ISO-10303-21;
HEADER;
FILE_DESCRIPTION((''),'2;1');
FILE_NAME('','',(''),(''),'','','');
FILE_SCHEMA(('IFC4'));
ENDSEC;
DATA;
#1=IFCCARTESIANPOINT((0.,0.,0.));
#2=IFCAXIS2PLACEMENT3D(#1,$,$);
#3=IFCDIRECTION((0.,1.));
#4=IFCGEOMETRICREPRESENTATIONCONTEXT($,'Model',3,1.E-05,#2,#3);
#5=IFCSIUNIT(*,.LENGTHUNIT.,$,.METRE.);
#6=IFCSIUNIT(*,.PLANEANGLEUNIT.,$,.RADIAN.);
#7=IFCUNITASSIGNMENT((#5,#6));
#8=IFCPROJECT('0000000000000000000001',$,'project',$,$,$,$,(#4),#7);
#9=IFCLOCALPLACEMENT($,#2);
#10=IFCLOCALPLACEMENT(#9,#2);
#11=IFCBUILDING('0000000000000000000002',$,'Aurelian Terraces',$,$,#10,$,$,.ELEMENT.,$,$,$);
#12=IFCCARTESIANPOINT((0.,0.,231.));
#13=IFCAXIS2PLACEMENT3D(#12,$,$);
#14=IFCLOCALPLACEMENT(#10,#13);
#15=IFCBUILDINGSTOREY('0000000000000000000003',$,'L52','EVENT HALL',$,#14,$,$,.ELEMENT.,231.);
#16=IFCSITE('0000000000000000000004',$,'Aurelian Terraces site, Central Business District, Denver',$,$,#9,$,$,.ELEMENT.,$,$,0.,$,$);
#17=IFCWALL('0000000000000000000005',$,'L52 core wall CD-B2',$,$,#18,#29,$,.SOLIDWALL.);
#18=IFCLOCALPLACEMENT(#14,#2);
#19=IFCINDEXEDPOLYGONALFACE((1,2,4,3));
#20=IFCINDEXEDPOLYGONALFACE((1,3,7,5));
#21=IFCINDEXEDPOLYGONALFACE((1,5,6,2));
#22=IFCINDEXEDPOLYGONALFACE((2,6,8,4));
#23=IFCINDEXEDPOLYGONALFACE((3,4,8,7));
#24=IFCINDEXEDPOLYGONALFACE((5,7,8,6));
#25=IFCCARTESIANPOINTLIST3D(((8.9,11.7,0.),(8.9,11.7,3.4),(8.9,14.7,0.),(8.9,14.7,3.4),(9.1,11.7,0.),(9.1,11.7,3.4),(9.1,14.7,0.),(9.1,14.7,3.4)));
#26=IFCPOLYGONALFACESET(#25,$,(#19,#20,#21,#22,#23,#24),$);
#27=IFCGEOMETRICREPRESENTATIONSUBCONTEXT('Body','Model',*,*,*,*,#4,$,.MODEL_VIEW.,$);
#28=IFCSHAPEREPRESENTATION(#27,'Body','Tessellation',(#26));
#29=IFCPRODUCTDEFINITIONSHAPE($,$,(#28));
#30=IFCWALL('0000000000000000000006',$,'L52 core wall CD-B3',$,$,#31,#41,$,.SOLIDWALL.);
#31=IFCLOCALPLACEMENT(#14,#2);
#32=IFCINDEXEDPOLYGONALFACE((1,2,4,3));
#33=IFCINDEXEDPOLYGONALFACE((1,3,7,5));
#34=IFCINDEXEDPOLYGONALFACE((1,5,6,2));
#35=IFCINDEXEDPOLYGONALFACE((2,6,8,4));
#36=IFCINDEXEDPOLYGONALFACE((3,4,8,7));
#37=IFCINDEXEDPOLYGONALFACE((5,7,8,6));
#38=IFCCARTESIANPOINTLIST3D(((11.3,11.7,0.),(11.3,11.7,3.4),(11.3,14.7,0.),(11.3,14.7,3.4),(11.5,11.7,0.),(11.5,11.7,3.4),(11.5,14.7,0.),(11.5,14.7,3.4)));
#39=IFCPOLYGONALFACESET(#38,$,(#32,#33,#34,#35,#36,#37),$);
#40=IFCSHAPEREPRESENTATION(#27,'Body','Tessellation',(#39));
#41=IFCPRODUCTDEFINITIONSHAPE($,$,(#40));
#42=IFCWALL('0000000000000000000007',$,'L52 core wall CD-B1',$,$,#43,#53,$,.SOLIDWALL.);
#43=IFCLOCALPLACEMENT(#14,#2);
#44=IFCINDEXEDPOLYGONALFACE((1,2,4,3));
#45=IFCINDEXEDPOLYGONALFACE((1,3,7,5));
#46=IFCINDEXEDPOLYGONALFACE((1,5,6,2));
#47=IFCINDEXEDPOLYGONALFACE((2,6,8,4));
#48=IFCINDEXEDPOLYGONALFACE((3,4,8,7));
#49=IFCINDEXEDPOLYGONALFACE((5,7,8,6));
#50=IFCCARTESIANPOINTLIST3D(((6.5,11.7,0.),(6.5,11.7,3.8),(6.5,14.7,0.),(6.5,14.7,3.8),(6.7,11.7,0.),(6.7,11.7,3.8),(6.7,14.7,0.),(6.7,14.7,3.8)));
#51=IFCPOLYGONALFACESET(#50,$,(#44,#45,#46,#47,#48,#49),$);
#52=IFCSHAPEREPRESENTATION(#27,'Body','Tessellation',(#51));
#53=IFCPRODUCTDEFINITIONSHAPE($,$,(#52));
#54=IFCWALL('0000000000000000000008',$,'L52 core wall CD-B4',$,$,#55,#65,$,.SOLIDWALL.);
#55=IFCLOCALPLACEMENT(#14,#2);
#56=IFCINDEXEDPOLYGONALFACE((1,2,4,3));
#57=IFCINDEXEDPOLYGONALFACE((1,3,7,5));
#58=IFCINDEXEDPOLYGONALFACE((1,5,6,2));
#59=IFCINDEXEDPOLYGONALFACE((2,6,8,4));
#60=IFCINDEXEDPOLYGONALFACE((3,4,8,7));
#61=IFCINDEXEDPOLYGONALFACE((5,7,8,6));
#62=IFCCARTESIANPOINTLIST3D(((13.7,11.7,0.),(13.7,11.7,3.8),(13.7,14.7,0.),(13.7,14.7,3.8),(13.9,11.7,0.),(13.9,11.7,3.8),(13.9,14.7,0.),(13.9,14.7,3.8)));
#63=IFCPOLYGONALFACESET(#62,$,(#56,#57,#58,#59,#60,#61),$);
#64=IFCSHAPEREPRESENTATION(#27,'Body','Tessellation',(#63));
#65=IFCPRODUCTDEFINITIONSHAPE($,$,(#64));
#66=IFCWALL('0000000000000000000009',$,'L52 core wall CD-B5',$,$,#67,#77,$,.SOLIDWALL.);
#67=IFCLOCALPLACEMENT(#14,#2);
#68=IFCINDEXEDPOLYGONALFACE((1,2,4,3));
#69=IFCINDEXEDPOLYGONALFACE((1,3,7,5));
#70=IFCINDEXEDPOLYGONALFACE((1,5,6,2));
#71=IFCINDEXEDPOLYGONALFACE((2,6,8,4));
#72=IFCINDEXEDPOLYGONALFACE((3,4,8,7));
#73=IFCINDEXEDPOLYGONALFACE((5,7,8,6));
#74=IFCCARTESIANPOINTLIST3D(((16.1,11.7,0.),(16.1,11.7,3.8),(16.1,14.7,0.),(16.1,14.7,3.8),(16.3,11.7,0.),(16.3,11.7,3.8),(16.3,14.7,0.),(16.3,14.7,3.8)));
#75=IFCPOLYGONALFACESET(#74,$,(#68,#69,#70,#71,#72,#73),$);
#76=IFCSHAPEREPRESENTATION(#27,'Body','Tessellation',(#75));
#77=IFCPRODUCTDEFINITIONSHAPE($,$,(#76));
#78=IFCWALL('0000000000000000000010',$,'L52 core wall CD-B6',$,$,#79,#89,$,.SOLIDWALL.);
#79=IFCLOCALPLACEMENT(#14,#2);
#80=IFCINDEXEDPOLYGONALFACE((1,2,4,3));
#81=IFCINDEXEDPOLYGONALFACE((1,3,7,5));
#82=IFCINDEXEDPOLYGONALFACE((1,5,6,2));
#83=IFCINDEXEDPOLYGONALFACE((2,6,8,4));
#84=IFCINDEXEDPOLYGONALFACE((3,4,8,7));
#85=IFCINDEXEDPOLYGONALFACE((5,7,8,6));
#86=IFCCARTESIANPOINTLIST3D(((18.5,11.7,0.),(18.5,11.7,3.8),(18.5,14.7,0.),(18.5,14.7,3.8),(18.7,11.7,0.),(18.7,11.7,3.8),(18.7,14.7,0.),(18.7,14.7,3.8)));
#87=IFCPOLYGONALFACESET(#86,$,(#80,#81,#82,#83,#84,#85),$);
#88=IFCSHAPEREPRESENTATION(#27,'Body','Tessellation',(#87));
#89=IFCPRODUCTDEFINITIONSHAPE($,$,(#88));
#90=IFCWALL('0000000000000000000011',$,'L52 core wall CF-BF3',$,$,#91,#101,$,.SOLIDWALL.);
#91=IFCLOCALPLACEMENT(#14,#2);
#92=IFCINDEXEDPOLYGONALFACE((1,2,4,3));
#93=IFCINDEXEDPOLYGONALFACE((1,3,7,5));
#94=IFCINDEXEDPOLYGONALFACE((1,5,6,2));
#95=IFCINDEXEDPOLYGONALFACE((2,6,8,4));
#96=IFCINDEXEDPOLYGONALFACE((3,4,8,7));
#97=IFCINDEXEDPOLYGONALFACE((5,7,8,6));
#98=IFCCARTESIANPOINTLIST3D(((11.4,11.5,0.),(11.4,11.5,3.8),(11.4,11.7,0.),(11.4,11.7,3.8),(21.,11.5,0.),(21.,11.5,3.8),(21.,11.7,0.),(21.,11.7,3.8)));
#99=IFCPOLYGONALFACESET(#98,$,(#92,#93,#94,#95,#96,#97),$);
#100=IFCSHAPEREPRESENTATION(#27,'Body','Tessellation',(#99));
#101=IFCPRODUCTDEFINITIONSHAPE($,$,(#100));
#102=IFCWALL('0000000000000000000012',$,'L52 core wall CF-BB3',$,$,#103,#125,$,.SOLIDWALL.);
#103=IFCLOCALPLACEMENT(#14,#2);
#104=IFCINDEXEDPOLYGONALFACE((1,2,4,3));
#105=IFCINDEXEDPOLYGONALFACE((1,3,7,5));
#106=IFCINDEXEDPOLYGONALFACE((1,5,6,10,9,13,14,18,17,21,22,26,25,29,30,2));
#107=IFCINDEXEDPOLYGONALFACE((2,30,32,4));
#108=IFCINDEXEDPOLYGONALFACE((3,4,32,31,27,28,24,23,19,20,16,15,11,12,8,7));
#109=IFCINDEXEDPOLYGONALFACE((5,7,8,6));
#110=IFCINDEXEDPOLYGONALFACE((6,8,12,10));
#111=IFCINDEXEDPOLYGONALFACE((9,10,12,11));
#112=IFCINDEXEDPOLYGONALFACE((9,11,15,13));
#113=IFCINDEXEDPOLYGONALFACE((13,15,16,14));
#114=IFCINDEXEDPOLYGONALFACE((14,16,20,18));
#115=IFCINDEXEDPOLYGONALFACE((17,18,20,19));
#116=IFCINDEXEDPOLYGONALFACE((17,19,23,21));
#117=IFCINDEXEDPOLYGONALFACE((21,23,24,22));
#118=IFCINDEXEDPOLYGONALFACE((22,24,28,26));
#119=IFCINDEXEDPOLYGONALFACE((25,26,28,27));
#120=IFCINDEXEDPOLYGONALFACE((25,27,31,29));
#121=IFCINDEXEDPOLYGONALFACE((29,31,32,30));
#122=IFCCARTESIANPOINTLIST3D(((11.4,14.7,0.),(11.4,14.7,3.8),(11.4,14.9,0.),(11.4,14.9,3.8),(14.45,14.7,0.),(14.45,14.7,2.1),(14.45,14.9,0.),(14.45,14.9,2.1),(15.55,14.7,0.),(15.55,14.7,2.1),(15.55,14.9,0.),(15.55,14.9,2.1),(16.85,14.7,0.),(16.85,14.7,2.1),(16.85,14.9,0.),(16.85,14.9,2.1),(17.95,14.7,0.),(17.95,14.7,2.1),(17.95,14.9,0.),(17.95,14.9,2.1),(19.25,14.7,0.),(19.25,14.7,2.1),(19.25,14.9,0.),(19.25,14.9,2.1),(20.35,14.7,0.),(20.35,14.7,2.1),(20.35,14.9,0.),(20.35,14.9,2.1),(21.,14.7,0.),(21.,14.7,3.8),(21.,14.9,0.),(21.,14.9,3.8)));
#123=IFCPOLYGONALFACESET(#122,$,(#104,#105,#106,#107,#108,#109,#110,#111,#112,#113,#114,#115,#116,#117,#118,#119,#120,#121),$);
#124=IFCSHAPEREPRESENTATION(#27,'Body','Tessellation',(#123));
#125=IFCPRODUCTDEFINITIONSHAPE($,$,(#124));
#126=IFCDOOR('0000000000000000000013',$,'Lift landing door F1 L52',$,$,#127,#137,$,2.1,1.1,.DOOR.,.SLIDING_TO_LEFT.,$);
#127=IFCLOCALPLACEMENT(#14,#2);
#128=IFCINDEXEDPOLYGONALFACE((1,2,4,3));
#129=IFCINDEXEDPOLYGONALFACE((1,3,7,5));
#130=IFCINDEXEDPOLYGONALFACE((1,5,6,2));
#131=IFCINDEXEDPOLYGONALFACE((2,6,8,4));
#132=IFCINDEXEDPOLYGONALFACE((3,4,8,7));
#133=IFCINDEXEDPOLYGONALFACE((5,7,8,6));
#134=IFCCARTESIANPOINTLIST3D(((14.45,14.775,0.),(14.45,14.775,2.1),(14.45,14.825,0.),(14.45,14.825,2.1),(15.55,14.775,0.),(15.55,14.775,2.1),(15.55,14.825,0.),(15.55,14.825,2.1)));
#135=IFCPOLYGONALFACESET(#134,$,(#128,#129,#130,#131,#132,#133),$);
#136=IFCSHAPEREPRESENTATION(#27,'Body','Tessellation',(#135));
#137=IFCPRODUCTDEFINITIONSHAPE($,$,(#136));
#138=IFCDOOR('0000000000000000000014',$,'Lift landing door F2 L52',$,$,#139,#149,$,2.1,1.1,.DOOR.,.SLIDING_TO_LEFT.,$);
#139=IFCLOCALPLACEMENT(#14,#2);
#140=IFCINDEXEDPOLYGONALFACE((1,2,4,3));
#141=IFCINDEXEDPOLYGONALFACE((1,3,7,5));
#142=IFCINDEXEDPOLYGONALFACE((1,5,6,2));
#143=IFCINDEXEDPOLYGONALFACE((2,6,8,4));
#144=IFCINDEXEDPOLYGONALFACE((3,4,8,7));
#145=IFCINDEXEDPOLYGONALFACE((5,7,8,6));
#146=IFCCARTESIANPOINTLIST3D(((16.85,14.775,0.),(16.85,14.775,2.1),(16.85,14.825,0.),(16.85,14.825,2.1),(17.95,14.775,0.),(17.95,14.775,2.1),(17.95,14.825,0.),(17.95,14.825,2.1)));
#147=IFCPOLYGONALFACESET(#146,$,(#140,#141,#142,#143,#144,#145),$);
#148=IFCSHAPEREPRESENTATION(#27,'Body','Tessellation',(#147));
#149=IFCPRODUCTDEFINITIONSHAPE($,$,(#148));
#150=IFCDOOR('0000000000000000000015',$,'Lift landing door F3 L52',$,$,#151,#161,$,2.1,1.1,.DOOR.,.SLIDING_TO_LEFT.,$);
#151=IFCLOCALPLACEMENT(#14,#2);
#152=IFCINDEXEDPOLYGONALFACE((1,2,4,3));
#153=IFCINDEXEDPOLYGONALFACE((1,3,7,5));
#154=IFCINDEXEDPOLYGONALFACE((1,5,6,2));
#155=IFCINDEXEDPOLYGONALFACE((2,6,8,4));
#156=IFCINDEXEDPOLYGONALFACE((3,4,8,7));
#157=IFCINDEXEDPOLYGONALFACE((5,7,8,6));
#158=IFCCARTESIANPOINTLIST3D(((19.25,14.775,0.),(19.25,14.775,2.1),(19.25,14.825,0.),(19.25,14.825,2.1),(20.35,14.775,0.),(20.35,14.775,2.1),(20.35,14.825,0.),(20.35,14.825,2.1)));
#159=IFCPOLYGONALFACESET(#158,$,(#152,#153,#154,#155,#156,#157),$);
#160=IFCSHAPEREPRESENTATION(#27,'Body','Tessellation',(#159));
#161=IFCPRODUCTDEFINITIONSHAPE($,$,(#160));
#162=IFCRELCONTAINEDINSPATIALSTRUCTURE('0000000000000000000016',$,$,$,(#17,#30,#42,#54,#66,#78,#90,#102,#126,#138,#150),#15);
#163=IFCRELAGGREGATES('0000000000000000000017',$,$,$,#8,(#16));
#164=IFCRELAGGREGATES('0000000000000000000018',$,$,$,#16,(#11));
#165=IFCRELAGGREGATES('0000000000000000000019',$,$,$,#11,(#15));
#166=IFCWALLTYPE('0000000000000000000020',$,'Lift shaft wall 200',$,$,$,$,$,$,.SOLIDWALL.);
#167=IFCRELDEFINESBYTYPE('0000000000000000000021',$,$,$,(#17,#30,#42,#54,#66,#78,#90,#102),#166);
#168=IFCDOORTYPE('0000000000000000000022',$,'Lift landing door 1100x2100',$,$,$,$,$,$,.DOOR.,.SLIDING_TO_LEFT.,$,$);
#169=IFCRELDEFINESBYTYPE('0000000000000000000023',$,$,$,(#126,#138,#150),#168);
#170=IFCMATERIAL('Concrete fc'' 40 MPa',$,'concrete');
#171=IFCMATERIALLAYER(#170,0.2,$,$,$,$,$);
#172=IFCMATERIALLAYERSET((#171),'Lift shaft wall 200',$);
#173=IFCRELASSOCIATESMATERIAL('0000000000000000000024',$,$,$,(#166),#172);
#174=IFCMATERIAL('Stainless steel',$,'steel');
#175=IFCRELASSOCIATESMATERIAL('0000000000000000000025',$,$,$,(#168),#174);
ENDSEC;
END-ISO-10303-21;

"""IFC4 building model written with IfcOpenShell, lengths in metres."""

from ifc_helpers import new_model, si_unit, direction, frame, frame_2d, origin, place, context, subcontext, project, spatial, rectangle, extrude, source, transform, mapped, material, layer, layer_set, type_object, element, fill, save


model = new_model("IFC4")

# Units and contexts
model_context = context("Model", 3, precision=1e-05, world=origin(), true_north=direction((0.0, 1.0)))
body_context = subcontext(model_context, "Body", "Model", "MODEL_VIEW")
ifc_project = project(units=[si_unit("LENGTHUNIT", "METRE"), si_unit("PLANEANGLEUNIT", "RADIAN")], contexts=[model_context])

# Site, building, storey
site_placement = place(None, origin())
site = spatial("IfcSite", under=ifc_project, at=site_placement, Name="Aurelian Terraces site, Central Business District, Denver", CompositionType="ELEMENT", RefElevation=0.0)
building_placement = place(site_placement, origin())
building = spatial("IfcBuilding", under=site, at=building_placement, Name="Aurelian Terraces", CompositionType="ELEMENT")
storey_placement = place(building_placement, frame((0.0, 0.0, 231.0)))
storey = spatial("IfcBuildingStorey", under=building, at=storey_placement, Name="L52", Description="EVENT HALL", CompositionType="ELEMENT", Elevation=231.0)

# Walls
ifc_material_1 = material(Name="Concrete fc' 40 MPa", Category="concrete")
ifc_layer_1 = layer(ifc_material_1, 0.2)
ifc_layer_set_1 = layer_set([ifc_layer_1], Name="Lift shaft wall 200")
wall_type_1 = type_object("IfcWallType", Name="Lift shaft wall 200", PredefinedType="SOLIDWALL", material=ifc_layer_set_1)
shared_shape_1 = source(origin(), body_context, "Body", "SweptSolid", [
    extrude(rectangle(XDim=3.0, YDim=0.2, at=frame_2d((1.5, 0.0))), origin(), (0.0, 0.0, 1.0), 3.4),
])
for number, where, z_axis, x_axis, name in (
    (1, (9.0, 11.7, 0.0), (0.0, 0.0, 1.0), (0.0, 1.0, 0.0), "L52 core wall CD-B2"),
    (2, (11.4, 11.7, 0.0), (0.0, 0.0, 1.0), (0.0, 1.0, 0.0), "L52 core wall CD-B3"),
):
    element("IfcWall", number, at=place(storey_placement, frame(where, z_axis=z_axis, x_axis=x_axis)), inside=storey, type_object=wall_type_1, Name=name, PredefinedType="SOLIDWALL", context=body_context, shape_type="MappedRepresentation", body=[
        mapped(shared_shape_1, transform((0.0, 0.0, 0.0), scale=1.0)),
    ])
shared_shape_2 = source(origin(), body_context, "Body", "SweptSolid", [
    extrude(rectangle(XDim=3.0, YDim=0.2, at=frame_2d((1.5, 0.0))), origin(), (0.0, 0.0, 1.0), 3.8),
])
for number, where, z_axis, x_axis, name in (
    (3, (6.6, 11.7, 0.0), (0.0, 0.0, 1.0), (0.0, 1.0, 0.0), "L52 core wall CD-B1"),
    (4, (13.8, 11.7, 0.0), (0.0, 0.0, 1.0), (0.0, 1.0, 0.0), "L52 core wall CD-B4"),
    (5, (16.2, 11.7, 0.0), (0.0, 0.0, 1.0), (0.0, 1.0, 0.0), "L52 core wall CD-B5"),
    (6, (18.6, 11.7, 0.0), (0.0, 0.0, 1.0), (0.0, 1.0, 0.0), "L52 core wall CD-B6"),
):
    element("IfcWall", number, at=place(storey_placement, frame(where, z_axis=z_axis, x_axis=x_axis)), inside=storey, type_object=wall_type_1, Name=name, PredefinedType="SOLIDWALL", context=body_context, shape_type="MappedRepresentation", body=[
        mapped(shared_shape_2, transform((0.0, 0.0, 0.0), scale=1.0)),
    ])
shared_shape_3 = source(origin(), body_context, "Body", "SweptSolid", [
    extrude(rectangle(XDim=9.6, YDim=0.2, at=frame_2d((4.8, 0.0))), origin(), (0.0, 0.0, 1.0), 3.8),
])
wall_1_placement = place(storey_placement, frame((11.4, 11.6, 0.0), z_axis=(0.0, 0.0, 1.0), x_axis=(1.0, 0.0, 0.0)))
element("IfcWall", 7, at=wall_1_placement, inside=storey, type_object=wall_type_1, Name="L52 core wall CF-BF3", PredefinedType="SOLIDWALL", context=body_context, shape_type="MappedRepresentation", body=[
    mapped(shared_shape_3, transform((0.0, 0.0, 0.0), scale=1.0)),
])

# Wall, openings, doors
wall_2_placement = place(storey_placement, frame((11.4, 14.8, 0.0), z_axis=(0.0, 0.0, 1.0), x_axis=(1.0, 0.0, 0.0)))
wall_2 = element("IfcWall", 8, at=wall_2_placement, inside=storey, type_object=wall_type_1, Name="L52 core wall CF-BB3", PredefinedType="SOLIDWALL", context=body_context, shape_type="MappedRepresentation", body=[
    mapped(shared_shape_3, transform((0.0, 0.0, 0.0), scale=1.0)),
])
shared_shape_4 = source(origin(), body_context, "Body", "SweptSolid", [
    extrude(rectangle(XDim=1.1, YDim=2.1, at=frame_2d((0.55, 1.05))), frame((0.0, 0.11, 0.0), z_axis=(0.0, -1.0, 0.0), x_axis=(1.0, 0.0, 0.0)), (0.0, 0.0, 1.0), 0.22),
])
opening_1_placement = place(wall_2_placement, frame((3.05, 0.0, 0.0)))
opening_1 = element("IfcOpeningElement", 9, at=opening_1_placement, cuts=wall_2, PredefinedType="OPENING", context=body_context, shape_type="MappedRepresentation", body=[
    mapped(shared_shape_4, transform((0.0, 0.0, 0.0), scale=1.0)),
])
opening_2_placement = place(wall_2_placement, frame((5.45, 0.0, 0.0)))
opening_2 = element("IfcOpeningElement", 10, at=opening_2_placement, cuts=wall_2, PredefinedType="OPENING", context=body_context, shape_type="MappedRepresentation", body=[
    mapped(shared_shape_4, transform((0.0, 0.0, 0.0), scale=1.0)),
])
opening_3_placement = place(wall_2_placement, frame((7.85, 0.0, 0.0)))
opening_3 = element("IfcOpeningElement", 11, at=opening_3_placement, cuts=wall_2, PredefinedType="OPENING", context=body_context, shape_type="MappedRepresentation", body=[
    mapped(shared_shape_4, transform((0.0, 0.0, 0.0), scale=1.0)),
])
ifc_material_2 = material(Name="Stainless steel", Category="steel")
door_type_1 = type_object("IfcDoorType", Name="Lift landing door 1100x2100", OperationType="SLIDING_TO_LEFT", PredefinedType="DOOR", material=ifc_material_2)
shared_shape_5 = source(origin(), body_context, "Body", "SweptSolid", [
    extrude(rectangle(XDim=1.1, YDim=2.1, at=frame_2d((0.55, 1.05))), frame((0.0, 0.025, 0.0), z_axis=(0.0, -1.0, 0.0), x_axis=(1.0, 0.0, 0.0)), (0.0, 0.0, 1.0), 0.05),
])
door_1_placement = place(opening_1_placement, origin())
door_1 = element("IfcDoor", 12, at=door_1_placement, inside=storey, type_object=door_type_1, Name="Lift landing door F1 L52", OperationType="SLIDING_TO_LEFT", OverallHeight=2.1, OverallWidth=1.1, PredefinedType="DOOR", context=body_context, shape_type="MappedRepresentation", body=[
    mapped(shared_shape_5, transform((0.0, 0.0, 0.0), scale=1.0)),
])
fill(opening_1, door_1)
door_2_placement = place(opening_2_placement, origin())
door_2 = element("IfcDoor", 13, at=door_2_placement, inside=storey, type_object=door_type_1, Name="Lift landing door F2 L52", OperationType="SLIDING_TO_LEFT", OverallHeight=2.1, OverallWidth=1.1, PredefinedType="DOOR", context=body_context, shape_type="MappedRepresentation", body=[
    mapped(shared_shape_5, transform((0.0, 0.0, 0.0), scale=1.0)),
])
fill(opening_2, door_2)
door_3_placement = place(opening_3_placement, origin())
door_3 = element("IfcDoor", 14, at=door_3_placement, inside=storey, type_object=door_type_1, Name="Lift landing door F3 L52", OperationType="SLIDING_TO_LEFT", OverallHeight=2.1, OverallWidth=1.1, PredefinedType="DOOR", context=body_context, shape_type="MappedRepresentation", body=[
    mapped(shared_shape_5, transform((0.0, 0.0, 0.0), scale=1.0)),
])
fill(opening_3, door_3)

save(model, "model.ifc")
